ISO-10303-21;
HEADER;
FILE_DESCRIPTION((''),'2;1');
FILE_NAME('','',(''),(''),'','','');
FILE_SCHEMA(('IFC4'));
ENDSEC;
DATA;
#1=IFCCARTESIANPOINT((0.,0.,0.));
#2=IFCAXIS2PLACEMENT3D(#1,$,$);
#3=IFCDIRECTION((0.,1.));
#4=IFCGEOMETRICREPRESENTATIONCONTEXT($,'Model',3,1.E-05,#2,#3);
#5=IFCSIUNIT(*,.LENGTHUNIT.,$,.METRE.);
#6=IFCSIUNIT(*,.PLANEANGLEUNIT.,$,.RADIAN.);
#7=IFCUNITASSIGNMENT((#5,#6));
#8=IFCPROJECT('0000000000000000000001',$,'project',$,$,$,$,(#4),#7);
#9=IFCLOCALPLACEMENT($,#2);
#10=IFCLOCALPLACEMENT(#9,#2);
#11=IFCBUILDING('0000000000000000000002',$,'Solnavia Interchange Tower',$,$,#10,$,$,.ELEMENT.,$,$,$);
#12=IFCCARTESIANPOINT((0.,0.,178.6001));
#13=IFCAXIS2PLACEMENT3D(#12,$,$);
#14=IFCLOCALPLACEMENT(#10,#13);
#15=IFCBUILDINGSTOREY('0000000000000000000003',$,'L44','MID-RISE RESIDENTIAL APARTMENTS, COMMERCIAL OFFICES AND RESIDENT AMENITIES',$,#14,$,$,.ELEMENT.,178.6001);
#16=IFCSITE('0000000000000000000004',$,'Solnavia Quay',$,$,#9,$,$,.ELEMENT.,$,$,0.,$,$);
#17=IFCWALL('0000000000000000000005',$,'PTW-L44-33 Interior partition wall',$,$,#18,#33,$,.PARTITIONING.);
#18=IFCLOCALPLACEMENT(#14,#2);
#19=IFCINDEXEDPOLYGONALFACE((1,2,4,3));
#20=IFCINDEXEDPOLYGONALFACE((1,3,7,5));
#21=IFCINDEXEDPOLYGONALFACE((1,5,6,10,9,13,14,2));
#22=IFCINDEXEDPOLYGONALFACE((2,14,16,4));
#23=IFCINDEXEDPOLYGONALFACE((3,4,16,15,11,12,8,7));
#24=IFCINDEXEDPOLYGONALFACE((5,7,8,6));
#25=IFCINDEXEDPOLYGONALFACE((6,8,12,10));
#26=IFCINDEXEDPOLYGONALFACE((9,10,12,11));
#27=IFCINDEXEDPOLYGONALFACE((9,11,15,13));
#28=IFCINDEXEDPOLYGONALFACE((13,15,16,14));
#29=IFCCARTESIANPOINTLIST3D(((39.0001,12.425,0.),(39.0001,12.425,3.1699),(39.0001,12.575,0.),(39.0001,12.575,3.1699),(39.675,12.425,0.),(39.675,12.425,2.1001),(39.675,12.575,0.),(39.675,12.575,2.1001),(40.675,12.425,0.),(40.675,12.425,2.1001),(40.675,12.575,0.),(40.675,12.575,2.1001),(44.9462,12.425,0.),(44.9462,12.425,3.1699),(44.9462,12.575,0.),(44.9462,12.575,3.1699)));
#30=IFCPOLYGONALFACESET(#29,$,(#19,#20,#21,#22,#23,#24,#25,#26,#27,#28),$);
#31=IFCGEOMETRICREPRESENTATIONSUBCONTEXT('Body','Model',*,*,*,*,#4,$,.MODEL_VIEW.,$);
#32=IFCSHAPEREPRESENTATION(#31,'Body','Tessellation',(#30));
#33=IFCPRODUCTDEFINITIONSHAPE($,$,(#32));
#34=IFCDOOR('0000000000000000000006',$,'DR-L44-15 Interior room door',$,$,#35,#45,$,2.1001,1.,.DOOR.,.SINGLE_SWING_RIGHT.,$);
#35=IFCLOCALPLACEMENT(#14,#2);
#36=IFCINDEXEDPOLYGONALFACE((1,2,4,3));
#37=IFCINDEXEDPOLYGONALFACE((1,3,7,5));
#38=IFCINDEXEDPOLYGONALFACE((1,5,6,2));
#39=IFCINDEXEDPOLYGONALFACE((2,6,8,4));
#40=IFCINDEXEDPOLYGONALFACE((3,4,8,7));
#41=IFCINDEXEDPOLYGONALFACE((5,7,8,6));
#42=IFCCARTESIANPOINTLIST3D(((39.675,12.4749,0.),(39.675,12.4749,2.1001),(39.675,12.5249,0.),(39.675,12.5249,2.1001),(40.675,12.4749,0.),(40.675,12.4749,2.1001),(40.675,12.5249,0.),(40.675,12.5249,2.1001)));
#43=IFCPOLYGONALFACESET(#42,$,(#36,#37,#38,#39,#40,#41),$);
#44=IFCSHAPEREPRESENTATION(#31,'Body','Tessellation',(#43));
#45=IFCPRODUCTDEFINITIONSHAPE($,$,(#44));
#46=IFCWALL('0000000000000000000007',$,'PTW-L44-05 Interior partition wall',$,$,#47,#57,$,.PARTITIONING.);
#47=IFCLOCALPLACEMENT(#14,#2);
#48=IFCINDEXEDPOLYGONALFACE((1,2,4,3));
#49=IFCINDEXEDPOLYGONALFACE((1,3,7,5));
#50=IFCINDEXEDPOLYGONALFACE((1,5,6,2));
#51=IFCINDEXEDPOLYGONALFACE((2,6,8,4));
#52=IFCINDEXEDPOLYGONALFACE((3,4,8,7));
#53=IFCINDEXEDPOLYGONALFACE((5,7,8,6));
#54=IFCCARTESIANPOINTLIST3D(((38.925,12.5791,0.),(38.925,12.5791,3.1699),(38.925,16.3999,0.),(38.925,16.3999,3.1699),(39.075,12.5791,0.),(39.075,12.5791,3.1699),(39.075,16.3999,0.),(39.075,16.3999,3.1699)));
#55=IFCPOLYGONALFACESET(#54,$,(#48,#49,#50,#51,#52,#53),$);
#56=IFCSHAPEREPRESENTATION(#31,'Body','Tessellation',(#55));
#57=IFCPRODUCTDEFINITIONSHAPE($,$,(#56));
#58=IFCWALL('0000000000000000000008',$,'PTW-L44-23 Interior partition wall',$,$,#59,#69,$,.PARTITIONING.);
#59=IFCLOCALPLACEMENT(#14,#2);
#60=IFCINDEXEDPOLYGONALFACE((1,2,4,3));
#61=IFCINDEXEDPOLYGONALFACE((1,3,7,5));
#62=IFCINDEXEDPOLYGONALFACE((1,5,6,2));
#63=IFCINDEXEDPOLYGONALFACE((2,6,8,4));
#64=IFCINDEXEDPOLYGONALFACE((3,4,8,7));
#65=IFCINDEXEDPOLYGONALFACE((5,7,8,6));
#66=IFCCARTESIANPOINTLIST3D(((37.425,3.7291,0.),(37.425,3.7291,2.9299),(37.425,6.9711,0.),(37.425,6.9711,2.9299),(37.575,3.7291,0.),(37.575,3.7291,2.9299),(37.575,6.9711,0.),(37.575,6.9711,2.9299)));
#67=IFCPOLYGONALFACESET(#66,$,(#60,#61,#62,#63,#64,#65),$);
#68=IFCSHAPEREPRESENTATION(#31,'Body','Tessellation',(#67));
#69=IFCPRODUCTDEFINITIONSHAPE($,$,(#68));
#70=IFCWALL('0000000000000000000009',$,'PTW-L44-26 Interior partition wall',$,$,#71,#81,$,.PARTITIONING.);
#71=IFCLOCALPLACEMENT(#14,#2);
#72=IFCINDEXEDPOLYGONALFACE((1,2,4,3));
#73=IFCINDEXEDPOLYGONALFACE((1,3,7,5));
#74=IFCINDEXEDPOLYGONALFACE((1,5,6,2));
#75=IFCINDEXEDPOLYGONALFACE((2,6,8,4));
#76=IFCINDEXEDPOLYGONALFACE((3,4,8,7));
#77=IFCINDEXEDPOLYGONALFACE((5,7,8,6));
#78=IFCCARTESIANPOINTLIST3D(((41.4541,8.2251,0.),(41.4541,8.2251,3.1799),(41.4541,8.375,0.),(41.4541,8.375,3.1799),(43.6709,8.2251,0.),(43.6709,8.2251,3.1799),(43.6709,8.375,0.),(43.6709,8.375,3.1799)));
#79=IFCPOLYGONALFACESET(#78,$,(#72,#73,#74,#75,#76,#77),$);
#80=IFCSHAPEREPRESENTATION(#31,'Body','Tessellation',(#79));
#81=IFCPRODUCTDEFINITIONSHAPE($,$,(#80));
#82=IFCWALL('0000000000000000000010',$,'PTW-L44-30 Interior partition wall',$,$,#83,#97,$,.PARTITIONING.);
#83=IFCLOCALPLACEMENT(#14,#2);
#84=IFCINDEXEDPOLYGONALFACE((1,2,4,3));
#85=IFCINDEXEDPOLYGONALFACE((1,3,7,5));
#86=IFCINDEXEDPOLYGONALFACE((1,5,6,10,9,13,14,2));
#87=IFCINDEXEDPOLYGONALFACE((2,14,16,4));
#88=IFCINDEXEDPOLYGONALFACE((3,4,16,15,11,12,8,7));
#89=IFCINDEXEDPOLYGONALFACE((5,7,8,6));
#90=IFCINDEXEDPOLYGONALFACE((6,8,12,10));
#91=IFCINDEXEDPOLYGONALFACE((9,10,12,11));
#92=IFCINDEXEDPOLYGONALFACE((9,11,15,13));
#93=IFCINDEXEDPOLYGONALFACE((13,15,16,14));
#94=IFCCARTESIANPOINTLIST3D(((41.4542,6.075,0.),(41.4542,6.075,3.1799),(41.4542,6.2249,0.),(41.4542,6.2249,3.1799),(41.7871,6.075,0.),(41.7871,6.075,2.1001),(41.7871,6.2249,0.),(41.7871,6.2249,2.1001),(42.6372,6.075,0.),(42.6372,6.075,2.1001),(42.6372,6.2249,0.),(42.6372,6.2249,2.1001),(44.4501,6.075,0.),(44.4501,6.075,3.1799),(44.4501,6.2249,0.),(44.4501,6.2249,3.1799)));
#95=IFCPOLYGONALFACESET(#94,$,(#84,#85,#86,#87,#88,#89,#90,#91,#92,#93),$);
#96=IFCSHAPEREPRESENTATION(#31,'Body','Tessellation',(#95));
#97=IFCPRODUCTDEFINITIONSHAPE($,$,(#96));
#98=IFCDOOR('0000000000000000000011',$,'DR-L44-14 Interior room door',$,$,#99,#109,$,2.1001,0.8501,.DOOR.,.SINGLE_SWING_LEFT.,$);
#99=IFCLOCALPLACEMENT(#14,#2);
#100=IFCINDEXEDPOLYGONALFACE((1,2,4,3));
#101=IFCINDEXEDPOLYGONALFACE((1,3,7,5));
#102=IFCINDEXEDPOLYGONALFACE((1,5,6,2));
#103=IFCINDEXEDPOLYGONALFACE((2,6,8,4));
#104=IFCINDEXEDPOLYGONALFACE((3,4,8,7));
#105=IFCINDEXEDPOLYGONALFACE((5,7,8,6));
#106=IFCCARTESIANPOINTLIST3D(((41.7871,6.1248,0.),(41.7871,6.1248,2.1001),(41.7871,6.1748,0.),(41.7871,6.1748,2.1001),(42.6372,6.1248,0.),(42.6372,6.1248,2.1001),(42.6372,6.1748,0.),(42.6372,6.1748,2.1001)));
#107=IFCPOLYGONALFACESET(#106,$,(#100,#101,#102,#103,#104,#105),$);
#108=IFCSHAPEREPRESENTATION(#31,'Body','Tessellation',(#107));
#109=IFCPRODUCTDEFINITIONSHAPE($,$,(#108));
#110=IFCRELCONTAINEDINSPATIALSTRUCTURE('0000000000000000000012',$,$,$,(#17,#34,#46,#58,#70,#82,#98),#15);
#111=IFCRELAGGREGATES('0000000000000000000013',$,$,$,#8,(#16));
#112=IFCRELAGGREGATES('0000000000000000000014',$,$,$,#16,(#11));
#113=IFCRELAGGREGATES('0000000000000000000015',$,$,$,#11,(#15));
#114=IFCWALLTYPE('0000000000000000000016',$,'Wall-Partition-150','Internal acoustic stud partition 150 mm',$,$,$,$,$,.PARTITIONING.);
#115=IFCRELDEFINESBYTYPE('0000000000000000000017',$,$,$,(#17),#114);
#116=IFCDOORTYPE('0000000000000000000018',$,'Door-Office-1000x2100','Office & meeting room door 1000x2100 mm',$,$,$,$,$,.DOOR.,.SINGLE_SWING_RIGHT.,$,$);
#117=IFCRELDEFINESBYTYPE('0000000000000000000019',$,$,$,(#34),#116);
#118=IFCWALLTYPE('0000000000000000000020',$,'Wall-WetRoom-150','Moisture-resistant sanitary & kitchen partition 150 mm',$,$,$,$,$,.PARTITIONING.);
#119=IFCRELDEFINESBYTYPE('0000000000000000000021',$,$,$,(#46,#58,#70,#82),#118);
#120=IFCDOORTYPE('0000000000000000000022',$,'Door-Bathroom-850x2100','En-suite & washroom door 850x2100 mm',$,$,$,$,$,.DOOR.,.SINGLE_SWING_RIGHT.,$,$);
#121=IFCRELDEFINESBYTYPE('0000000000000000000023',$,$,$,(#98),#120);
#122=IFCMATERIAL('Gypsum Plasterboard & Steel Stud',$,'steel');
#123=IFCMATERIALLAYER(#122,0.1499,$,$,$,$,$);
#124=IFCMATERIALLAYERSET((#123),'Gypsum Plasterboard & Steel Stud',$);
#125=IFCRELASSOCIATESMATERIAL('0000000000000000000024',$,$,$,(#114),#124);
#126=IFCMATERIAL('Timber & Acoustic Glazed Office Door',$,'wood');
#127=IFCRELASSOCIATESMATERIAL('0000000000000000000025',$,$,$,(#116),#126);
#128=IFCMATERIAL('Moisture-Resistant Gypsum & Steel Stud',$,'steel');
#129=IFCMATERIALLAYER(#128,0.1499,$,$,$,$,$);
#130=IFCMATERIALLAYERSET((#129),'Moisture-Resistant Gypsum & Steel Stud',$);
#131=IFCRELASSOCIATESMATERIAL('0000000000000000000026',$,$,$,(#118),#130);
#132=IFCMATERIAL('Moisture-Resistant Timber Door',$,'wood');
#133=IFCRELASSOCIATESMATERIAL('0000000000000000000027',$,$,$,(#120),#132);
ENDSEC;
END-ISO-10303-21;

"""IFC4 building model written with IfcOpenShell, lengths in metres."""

from ifc_helpers import new_model, si_unit, direction, frame, frame_2d, origin, place, context, subcontext, project, spatial, rectangle, extrude, material, layer, layer_set, type_object, element, fill, save


model = new_model("IFC4")

# Units and contexts
model_context = context("Model", 3, precision=1e-05, world=origin(), true_north=direction((0.0, 1.0)))
body_context = subcontext(model_context, "Body", "Model", "MODEL_VIEW")
ifc_project = project(units=[si_unit("LENGTHUNIT", "METRE"), si_unit("PLANEANGLEUNIT", "RADIAN")], contexts=[model_context])

# Site, building, storey
site_placement = place(None, origin())
site = spatial("IfcSite", under=ifc_project, at=site_placement, Name="Solnavia Quay", CompositionType="ELEMENT", RefElevation=0.0)
building_placement = place(site_placement, origin())
building = spatial("IfcBuilding", under=site, at=building_placement, Name="Solnavia Interchange Tower", CompositionType="ELEMENT")
storey_placement = place(building_placement, frame((0.0, 0.0, 178.6001)))
storey = spatial("IfcBuildingStorey", under=building, at=storey_placement, Name="L44", Description="MID-RISE RESIDENTIAL APARTMENTS, COMMERCIAL OFFICES AND RESIDENT AMENITIES", CompositionType="ELEMENT", Elevation=178.6001)

# Wall, opening, door
ifc_material_1 = material(Name="Gypsum Plasterboard & Steel Stud", Category="steel")
ifc_layer_1 = layer(ifc_material_1, 0.1499)
ifc_layer_set_1 = layer_set([ifc_layer_1], Name="Gypsum Plasterboard & Steel Stud")
wall_type_1 = type_object("IfcWallType", Name="Wall-Partition-150", Description="Internal acoustic stud partition 150 mm", PredefinedType="PARTITIONING", material=ifc_layer_set_1)
wall_1_placement = place(storey_placement, frame((39.0, 12.5, 0.0), z_axis=(0.0, 0.0, 1.0), x_axis=(1.0, 0.0, 0.0)))
wall_1 = element("IfcWall", 1, at=wall_1_placement, inside=storey, type_object=wall_type_1, Name="PTW-L44-33 Interior partition wall", PredefinedType="PARTITIONING", context=body_context, shape_type="SweptSolid", body=[
    extrude(rectangle(XDim=5.946, YDim=0.1499, at=frame_2d((2.9731, 0.0))), origin(), (0.0, 0.0, 1.0), 3.1699),
])
opening_1_placement = place(wall_1_placement, frame((0.675, 0.0, 0.0)))
opening_1 = element("IfcOpeningElement", 2, at=opening_1_placement, cuts=wall_1, PredefinedType="OPENING", context=body_context, shape_type="SweptSolid", body=[
    extrude(rectangle(XDim=1.0, YDim=2.1001, at=frame_2d((0.5, 1.05))), frame((0.0, 0.085, 0.0), z_axis=(0.0, -1.0, 0.0), x_axis=(1.0, 0.0, 0.0)), (0.0, 0.0, 1.0), 0.1699),
])
ifc_material_2 = material(Name="Timber & Acoustic Glazed Office Door", Category="wood")
door_type_1 = type_object("IfcDoorType", Name="Door-Office-1000x2100", Description="Office & meeting room door 1000x2100 mm", OperationType="SINGLE_SWING_RIGHT", PredefinedType="DOOR", material=ifc_material_2)
door_1_placement = place(opening_1_placement, origin())
door_1 = element("IfcDoor", 3, at=door_1_placement, inside=storey, type_object=door_type_1, Name="DR-L44-15 Interior room door", OperationType="SINGLE_SWING_RIGHT", OverallHeight=2.1001, OverallWidth=1.0, PredefinedType="DOOR", context=body_context, shape_type="SweptSolid", body=[
    extrude(rectangle(XDim=1.0, YDim=2.1001, at=frame_2d((0.5, 1.05))), frame((0.0, 0.0249, 0.0), z_axis=(0.0, -1.0, 0.0), x_axis=(1.0, 0.0, 0.0)), (0.0, 0.0, 1.0), 0.05),
])
fill(opening_1, door_1)

# Walls
ifc_material_3 = material(Name="Moisture-Resistant Gypsum & Steel Stud", Category="steel")
ifc_layer_2 = layer(ifc_material_3, 0.1499)
ifc_layer_set_2 = layer_set([ifc_layer_2], Name="Moisture-Resistant Gypsum & Steel Stud")
wall_type_2 = type_object("IfcWallType", Name="Wall-WetRoom-150", Description="Moisture-resistant sanitary & kitchen partition 150 mm", PredefinedType="PARTITIONING", material=ifc_layer_set_2)
wall_2_placement = place(storey_placement, frame((39.0, 12.5791, 0.0), z_axis=(0.0, 0.0, 1.0), x_axis=(0.0, 1.0, 0.0)))
element("IfcWall", 4, at=wall_2_placement, inside=storey, type_object=wall_type_2, Name="PTW-L44-05 Interior partition wall", PredefinedType="PARTITIONING", context=body_context, shape_type="SweptSolid", body=[
    extrude(rectangle(XDim=3.8208, YDim=0.1499, at=frame_2d((1.9104, 0.0))), origin(), (0.0, 0.0, 1.0), 3.1699),
])
wall_3_placement = place(storey_placement, frame((37.5, 3.729, 0.0), z_axis=(0.0, 0.0, 1.0), x_axis=(0.0, 1.0, 0.0)))
element("IfcWall", 5, at=wall_3_placement, inside=storey, type_object=wall_type_2, Name="PTW-L44-23 Interior partition wall", PredefinedType="PARTITIONING", context=body_context, shape_type="SweptSolid", body=[
    extrude(rectangle(XDim=3.2419, YDim=0.1499, at=frame_2d((1.6211, 0.0))), origin(), (0.0, 0.0, 1.0), 2.9299),
])
wall_4_placement = place(storey_placement, frame((41.4541, 8.3, 0.0), z_axis=(0.0, 0.0, 1.0), x_axis=(1.0, 0.0, 0.0)))
element("IfcWall", 6, at=wall_4_placement, inside=storey, type_object=wall_type_2, Name="PTW-L44-26 Interior partition wall", PredefinedType="PARTITIONING", context=body_context, shape_type="SweptSolid", body=[
    extrude(rectangle(XDim=2.2168, YDim=0.1499, at=frame_2d((1.1084, 0.0))), origin(), (0.0, 0.0, 1.0), 3.1799),
])

# Wall, opening, door
wall_5_placement = place(storey_placement, frame((41.4541, 6.1499, 0.0), z_axis=(0.0, 0.0, 1.0), x_axis=(1.0, 0.0, 0.0)))
wall_5 = element("IfcWall", 7, at=wall_5_placement, inside=storey, type_object=wall_type_2, Name="PTW-L44-30 Interior partition wall", PredefinedType="PARTITIONING", context=body_context, shape_type="SweptSolid", body=[
    extrude(rectangle(XDim=2.9958, YDim=0.1499, at=frame_2d((1.498, 0.0))), origin(), (0.0, 0.0, 1.0), 3.1799),
])
opening_2_placement = place(wall_5_placement, frame((0.333, 0.0, 0.0)))
opening_2 = element("IfcOpeningElement", 8, at=opening_2_placement, cuts=wall_5, PredefinedType="OPENING", context=body_context, shape_type="SweptSolid", body=[
    extrude(rectangle(XDim=0.8501, YDim=2.1001, at=frame_2d((0.425, 1.05))), frame((0.0, 0.085, 0.0), z_axis=(0.0, -1.0, 0.0), x_axis=(1.0, 0.0, 0.0)), (0.0, 0.0, 1.0), 0.1699),
])
ifc_material_4 = material(Name="Moisture-Resistant Timber Door", Category="wood")
door_type_2 = type_object("IfcDoorType", Name="Door-Bathroom-850x2100", Description="En-suite & washroom door 850x2100 mm", OperationType="SINGLE_SWING_RIGHT", PredefinedType="DOOR", material=ifc_material_4)
door_2_placement = place(opening_2_placement, origin())
door_2 = element("IfcDoor", 9, at=door_2_placement, inside=storey, type_object=door_type_2, Name="DR-L44-14 Interior room door", OperationType="SINGLE_SWING_LEFT", OverallHeight=2.1001, OverallWidth=0.8501, PredefinedType="DOOR", context=body_context, shape_type="SweptSolid", body=[
    extrude(rectangle(XDim=0.8501, YDim=2.1001, at=frame_2d((0.425, 1.05))), frame((0.0, 0.0249, 0.0), z_axis=(0.0, -1.0, 0.0), x_axis=(1.0, 0.0, 0.0)), (0.0, 0.0, 1.0), 0.05),
])
fill(opening_2, door_2)

save(model, "model.ifc")
